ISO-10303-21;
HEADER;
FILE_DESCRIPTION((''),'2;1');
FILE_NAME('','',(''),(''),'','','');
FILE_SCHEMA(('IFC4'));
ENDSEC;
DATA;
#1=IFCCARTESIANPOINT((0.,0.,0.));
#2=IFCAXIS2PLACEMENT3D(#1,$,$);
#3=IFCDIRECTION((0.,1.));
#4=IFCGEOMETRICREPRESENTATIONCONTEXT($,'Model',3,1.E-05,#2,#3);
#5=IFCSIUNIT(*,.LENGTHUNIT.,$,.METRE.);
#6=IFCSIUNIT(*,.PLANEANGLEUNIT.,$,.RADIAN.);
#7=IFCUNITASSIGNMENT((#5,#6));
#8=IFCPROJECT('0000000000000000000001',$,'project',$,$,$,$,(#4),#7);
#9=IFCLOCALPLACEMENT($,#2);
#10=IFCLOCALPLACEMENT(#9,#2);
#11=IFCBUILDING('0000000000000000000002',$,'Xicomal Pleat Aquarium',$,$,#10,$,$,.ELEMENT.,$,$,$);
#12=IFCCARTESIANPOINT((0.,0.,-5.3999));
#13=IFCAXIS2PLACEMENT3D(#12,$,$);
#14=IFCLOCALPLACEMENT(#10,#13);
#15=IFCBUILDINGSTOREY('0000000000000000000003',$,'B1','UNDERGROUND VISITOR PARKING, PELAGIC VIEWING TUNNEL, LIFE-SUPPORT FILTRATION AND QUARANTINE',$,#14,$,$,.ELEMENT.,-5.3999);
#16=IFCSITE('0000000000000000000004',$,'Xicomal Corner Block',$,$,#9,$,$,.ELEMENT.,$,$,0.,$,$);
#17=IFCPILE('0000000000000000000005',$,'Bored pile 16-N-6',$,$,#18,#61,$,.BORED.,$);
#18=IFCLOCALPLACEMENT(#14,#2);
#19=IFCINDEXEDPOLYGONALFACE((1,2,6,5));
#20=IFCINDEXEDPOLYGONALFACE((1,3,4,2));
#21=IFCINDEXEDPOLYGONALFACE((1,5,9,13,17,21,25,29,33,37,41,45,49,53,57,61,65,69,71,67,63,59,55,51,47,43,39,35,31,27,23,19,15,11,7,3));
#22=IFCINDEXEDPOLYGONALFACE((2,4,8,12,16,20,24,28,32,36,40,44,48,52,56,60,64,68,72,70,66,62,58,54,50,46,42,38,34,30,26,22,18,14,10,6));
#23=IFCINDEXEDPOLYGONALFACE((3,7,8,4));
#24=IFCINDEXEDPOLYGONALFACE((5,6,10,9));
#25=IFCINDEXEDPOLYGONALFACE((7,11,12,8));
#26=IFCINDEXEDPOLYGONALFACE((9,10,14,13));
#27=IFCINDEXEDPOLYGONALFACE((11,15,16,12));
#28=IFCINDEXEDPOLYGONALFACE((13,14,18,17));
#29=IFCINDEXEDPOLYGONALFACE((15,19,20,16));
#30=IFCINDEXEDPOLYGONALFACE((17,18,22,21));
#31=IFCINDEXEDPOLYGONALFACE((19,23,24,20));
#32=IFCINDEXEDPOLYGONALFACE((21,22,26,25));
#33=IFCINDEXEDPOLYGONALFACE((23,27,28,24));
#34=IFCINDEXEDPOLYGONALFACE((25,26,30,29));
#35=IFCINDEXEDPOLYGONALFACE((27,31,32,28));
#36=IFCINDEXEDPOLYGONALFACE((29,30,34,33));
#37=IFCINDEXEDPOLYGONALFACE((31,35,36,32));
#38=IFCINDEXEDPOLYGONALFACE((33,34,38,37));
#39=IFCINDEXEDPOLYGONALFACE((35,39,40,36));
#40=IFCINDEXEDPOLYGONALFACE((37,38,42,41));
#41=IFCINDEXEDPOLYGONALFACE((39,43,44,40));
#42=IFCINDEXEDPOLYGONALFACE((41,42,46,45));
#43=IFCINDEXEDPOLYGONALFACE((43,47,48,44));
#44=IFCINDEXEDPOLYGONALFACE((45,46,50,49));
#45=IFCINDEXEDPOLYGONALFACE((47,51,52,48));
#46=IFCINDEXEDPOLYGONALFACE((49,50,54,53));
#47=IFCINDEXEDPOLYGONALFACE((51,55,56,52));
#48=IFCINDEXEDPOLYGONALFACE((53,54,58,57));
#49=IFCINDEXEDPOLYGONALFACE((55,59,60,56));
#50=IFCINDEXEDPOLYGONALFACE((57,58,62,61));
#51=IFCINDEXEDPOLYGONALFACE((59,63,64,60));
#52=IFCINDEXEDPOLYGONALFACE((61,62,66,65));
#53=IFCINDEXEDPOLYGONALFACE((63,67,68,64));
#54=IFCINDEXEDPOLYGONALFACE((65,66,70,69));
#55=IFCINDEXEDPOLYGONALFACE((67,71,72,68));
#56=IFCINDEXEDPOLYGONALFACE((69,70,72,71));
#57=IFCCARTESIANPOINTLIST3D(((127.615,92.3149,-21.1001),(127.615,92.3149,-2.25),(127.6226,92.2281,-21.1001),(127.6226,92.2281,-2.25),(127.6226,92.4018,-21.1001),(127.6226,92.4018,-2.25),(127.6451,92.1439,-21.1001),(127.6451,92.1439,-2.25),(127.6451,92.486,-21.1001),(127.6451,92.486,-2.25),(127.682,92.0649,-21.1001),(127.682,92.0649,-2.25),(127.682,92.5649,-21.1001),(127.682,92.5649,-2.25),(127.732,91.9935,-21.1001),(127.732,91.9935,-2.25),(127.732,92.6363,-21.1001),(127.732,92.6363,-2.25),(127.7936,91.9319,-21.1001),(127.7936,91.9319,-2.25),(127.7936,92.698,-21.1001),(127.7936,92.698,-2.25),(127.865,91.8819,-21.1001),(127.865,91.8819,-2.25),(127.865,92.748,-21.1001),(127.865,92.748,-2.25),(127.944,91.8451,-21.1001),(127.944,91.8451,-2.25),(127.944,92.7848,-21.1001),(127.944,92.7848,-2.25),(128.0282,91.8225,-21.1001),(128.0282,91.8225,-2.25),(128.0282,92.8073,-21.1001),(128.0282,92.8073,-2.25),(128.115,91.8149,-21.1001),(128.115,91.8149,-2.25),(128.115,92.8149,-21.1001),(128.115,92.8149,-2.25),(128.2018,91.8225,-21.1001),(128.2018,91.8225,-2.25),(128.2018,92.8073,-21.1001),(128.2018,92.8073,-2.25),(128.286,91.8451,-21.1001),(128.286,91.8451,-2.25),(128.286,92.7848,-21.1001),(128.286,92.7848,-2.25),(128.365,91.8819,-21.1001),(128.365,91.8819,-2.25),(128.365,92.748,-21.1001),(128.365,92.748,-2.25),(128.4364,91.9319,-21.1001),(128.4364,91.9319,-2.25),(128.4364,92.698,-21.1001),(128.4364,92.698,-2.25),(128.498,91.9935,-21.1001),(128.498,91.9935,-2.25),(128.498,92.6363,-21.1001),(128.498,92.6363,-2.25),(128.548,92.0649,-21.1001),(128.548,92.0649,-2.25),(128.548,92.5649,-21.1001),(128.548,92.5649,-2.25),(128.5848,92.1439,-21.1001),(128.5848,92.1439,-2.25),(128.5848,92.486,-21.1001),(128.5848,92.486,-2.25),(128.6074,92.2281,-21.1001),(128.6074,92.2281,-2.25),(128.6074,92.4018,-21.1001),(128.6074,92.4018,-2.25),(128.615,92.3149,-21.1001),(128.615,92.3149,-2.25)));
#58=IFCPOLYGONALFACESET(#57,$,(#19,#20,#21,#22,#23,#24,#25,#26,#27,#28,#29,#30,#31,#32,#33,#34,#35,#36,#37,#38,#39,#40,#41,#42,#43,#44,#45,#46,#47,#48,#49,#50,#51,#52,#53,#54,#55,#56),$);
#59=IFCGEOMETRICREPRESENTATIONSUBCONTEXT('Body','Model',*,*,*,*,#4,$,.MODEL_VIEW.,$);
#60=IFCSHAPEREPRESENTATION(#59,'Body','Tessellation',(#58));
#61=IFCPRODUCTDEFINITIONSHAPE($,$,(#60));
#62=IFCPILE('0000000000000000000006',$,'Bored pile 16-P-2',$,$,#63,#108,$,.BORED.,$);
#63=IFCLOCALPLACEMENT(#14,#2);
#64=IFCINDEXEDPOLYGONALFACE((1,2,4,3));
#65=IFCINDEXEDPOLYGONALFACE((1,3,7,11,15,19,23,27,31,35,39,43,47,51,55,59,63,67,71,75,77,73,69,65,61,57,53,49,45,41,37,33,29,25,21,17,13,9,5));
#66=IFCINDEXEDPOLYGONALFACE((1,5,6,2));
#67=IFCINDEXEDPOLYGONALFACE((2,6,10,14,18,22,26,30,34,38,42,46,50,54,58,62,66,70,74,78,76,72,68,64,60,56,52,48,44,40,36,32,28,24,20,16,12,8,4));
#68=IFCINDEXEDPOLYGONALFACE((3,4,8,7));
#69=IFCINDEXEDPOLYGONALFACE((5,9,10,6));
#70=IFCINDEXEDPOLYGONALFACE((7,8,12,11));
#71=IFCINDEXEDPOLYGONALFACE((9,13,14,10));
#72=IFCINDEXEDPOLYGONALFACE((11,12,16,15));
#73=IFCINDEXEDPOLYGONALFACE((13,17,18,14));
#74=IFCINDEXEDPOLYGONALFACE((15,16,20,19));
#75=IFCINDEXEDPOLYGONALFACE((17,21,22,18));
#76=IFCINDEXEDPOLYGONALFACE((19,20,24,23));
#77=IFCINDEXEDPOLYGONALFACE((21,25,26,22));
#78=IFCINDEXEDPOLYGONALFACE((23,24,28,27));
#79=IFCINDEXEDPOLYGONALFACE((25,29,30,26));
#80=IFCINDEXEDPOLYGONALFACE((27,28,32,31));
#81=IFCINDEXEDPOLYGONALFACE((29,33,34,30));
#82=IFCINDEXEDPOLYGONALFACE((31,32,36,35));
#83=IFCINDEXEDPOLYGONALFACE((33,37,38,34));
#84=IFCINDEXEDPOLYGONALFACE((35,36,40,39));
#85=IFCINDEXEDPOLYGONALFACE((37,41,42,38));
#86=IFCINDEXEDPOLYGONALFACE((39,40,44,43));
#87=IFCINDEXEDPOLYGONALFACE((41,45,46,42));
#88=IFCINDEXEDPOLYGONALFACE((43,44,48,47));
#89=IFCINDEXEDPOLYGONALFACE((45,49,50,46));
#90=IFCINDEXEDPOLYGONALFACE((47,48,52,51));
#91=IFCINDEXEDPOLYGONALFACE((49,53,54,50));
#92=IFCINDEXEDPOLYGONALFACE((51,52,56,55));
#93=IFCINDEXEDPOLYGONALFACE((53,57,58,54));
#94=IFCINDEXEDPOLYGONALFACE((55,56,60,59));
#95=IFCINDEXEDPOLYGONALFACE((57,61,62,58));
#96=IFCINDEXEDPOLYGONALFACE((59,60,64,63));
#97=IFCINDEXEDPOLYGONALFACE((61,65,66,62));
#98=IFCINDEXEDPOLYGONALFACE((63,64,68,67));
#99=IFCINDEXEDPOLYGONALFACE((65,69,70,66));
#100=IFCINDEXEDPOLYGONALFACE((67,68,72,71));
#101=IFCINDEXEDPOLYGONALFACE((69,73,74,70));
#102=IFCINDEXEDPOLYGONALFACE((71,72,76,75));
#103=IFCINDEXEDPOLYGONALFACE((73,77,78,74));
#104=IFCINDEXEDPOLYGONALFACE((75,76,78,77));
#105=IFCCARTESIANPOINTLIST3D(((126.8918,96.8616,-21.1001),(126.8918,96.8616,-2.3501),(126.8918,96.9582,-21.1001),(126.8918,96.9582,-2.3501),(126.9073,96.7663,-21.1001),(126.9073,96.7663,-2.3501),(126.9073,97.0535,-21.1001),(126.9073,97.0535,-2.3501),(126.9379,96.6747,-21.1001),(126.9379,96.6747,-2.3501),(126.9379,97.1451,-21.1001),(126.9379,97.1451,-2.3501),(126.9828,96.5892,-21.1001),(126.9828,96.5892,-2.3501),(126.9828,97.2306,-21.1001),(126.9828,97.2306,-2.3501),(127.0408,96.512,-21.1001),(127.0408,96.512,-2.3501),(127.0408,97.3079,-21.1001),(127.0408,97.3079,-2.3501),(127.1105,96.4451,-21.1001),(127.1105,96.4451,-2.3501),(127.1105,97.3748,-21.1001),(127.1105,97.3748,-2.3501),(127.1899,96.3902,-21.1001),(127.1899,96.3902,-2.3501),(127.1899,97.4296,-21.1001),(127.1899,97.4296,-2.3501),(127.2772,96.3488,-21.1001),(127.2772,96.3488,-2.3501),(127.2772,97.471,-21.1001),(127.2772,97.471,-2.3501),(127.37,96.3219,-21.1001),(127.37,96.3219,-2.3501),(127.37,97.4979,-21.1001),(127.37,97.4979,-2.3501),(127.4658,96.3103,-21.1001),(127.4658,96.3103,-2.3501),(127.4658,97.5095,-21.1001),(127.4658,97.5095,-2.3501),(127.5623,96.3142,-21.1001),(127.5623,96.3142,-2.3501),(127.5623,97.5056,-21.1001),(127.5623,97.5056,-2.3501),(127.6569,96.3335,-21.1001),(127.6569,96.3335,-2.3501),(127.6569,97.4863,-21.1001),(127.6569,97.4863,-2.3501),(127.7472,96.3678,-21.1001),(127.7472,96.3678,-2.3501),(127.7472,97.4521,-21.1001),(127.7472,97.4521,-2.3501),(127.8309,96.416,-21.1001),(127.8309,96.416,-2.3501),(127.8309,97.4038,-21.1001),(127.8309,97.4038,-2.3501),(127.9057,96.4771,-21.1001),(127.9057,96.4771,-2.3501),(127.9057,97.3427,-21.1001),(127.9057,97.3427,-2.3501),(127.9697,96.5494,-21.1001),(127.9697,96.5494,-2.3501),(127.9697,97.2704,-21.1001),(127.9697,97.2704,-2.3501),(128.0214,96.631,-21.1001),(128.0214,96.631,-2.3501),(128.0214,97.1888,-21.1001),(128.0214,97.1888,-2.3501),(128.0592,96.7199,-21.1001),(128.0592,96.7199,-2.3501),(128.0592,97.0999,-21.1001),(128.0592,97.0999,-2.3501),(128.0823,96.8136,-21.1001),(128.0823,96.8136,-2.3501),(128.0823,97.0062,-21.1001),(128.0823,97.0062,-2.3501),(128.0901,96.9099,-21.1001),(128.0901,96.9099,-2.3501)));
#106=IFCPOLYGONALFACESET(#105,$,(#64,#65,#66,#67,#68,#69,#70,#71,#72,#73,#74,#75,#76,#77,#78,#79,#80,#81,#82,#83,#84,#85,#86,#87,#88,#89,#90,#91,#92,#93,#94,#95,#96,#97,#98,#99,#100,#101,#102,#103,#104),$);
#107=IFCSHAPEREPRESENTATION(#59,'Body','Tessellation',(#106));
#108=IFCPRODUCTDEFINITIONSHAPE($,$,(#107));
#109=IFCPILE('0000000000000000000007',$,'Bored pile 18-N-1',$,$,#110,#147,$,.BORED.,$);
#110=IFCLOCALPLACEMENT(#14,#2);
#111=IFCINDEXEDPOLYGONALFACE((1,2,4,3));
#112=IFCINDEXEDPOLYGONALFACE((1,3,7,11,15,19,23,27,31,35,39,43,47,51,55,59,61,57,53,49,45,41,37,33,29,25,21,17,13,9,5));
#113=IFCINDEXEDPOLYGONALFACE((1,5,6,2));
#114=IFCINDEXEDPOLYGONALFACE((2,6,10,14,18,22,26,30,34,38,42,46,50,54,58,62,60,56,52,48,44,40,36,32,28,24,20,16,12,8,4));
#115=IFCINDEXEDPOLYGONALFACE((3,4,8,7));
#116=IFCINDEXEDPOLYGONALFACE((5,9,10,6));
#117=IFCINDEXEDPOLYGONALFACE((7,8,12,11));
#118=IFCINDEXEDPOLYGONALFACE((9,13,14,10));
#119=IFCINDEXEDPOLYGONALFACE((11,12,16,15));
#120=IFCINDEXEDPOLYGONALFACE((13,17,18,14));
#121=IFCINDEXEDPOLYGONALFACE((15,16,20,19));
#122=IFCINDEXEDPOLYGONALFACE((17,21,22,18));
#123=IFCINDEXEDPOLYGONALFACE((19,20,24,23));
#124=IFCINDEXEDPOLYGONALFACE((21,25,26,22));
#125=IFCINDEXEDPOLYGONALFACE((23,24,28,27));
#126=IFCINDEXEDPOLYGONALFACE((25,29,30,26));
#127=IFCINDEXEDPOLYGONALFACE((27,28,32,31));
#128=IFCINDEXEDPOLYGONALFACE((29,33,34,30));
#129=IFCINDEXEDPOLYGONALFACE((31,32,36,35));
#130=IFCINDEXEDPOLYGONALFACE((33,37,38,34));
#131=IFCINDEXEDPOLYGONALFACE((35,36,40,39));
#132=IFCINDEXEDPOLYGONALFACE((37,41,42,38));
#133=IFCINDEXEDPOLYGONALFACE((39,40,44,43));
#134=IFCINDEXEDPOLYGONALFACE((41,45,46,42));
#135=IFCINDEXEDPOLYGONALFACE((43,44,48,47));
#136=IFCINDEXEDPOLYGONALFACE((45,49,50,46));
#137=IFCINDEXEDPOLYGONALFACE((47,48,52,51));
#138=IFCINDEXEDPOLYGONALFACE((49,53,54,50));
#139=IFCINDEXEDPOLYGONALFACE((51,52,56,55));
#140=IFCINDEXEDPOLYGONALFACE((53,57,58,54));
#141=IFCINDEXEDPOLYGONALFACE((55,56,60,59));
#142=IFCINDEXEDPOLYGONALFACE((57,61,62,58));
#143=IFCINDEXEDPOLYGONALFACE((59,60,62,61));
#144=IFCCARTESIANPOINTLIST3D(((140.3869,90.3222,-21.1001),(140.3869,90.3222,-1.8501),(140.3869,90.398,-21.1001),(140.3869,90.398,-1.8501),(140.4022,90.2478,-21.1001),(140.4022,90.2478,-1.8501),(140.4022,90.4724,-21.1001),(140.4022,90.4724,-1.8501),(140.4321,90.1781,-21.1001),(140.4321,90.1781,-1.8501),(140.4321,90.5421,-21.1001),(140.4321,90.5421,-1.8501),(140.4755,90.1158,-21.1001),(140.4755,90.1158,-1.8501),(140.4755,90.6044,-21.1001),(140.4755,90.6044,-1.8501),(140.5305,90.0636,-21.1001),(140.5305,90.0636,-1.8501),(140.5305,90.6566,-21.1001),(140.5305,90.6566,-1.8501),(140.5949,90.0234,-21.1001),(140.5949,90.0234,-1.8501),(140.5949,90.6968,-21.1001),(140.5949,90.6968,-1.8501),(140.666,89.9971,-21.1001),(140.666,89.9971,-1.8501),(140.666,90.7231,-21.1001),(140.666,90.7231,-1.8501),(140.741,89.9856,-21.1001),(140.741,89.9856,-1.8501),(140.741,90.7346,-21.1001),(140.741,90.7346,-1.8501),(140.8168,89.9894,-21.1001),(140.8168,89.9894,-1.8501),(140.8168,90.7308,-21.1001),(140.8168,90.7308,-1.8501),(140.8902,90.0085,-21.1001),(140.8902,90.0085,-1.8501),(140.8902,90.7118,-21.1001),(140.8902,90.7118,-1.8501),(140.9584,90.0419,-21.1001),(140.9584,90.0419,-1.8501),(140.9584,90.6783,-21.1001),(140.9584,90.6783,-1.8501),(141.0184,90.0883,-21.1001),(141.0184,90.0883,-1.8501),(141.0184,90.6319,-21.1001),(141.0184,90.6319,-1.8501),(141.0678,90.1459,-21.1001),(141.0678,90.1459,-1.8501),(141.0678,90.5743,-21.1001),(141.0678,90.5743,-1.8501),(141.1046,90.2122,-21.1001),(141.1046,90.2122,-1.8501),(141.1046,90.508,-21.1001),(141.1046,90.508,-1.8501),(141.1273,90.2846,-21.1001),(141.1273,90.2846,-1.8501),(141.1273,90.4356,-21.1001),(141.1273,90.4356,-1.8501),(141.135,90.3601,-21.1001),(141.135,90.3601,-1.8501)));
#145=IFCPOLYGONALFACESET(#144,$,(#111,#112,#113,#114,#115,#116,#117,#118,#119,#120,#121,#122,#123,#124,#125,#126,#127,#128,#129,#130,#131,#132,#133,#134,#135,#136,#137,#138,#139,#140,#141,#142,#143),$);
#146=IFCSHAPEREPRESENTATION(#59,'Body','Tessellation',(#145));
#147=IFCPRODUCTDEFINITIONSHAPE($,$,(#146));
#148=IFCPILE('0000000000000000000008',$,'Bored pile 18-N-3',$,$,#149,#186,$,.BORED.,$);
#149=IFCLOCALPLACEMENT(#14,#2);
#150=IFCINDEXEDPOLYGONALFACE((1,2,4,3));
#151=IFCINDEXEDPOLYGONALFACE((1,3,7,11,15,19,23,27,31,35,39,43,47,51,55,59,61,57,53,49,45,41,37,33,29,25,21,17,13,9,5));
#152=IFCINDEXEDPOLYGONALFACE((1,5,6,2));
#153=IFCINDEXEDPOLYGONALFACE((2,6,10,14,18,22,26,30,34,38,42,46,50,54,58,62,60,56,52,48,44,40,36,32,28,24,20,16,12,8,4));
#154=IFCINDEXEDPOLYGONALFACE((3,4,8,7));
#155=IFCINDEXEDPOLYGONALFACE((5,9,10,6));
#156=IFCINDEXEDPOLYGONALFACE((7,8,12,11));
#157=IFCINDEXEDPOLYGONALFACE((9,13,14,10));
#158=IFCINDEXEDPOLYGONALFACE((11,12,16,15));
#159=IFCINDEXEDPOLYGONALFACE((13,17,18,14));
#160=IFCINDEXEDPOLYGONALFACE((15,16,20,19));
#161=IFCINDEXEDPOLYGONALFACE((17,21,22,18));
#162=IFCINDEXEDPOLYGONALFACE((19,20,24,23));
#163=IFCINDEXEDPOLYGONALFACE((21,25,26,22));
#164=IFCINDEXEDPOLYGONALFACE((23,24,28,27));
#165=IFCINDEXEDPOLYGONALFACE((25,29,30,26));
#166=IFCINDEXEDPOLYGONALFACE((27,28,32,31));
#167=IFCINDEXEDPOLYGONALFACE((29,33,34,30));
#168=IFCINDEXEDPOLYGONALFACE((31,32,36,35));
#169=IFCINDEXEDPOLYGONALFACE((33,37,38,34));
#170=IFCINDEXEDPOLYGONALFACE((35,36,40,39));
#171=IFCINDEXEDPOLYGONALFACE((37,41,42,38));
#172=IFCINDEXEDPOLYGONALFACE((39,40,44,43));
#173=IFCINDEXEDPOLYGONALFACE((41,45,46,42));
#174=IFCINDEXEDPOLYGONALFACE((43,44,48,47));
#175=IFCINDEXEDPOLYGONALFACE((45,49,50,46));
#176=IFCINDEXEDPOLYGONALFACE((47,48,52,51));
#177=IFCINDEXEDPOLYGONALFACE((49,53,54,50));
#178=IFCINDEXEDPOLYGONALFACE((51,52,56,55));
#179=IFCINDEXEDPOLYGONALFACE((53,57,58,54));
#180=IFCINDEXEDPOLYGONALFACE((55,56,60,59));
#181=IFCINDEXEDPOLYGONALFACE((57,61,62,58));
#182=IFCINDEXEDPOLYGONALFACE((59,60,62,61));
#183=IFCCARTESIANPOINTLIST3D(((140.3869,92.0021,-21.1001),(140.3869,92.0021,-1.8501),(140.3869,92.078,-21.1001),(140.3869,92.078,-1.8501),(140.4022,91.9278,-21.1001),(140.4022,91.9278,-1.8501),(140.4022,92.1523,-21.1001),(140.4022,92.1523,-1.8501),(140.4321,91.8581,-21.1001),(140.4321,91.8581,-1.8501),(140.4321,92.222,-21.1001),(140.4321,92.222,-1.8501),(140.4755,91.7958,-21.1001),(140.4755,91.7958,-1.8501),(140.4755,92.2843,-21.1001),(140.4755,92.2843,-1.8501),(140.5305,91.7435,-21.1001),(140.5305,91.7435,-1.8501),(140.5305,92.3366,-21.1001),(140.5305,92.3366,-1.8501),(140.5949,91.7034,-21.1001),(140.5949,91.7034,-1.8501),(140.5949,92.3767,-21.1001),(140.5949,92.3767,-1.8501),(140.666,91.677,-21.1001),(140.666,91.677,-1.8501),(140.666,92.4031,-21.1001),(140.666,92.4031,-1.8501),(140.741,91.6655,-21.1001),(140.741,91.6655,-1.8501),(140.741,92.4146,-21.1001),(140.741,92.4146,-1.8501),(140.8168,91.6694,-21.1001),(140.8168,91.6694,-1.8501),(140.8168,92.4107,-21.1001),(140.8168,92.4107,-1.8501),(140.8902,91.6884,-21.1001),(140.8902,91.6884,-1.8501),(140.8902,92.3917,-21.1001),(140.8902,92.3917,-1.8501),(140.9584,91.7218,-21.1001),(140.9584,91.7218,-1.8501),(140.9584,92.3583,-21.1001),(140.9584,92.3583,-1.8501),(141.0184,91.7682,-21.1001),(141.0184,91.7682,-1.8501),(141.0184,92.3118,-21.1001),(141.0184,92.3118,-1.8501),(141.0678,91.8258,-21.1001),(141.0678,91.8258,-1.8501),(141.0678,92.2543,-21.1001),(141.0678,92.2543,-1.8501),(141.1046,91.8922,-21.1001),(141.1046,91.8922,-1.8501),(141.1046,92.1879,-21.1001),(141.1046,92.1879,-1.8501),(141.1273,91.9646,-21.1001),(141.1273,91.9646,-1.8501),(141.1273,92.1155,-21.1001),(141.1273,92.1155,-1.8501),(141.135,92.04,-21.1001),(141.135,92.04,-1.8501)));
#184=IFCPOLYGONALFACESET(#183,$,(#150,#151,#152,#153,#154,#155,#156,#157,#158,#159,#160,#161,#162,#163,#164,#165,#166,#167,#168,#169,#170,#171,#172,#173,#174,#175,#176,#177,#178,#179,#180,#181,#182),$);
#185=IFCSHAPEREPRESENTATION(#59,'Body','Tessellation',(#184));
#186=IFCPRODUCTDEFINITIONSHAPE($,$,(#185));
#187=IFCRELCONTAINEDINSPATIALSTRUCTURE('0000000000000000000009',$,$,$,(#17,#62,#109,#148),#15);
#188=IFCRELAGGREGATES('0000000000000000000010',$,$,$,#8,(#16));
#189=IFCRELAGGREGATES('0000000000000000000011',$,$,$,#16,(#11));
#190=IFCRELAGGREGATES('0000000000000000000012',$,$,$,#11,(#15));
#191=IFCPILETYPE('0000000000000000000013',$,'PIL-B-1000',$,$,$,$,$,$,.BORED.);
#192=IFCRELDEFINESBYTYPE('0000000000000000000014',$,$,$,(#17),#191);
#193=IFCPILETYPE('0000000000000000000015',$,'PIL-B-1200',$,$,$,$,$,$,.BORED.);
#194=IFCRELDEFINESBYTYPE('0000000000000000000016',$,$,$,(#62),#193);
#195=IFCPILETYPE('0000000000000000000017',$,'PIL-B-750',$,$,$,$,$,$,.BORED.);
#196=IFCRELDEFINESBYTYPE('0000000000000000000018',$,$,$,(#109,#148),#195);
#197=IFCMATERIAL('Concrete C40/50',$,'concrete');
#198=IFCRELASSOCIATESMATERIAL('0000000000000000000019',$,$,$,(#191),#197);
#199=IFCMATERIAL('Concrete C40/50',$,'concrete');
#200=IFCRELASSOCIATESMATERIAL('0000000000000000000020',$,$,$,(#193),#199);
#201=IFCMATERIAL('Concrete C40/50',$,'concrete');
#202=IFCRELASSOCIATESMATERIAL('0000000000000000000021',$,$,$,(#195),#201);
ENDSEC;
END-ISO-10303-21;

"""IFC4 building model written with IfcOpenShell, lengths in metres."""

from ifc_helpers import new_model, si_unit, direction, frame, origin, origin_2d, place, context, subcontext, project, spatial, circle, extrude, material, material_profile, profile_set, type_object, element, save


model = new_model("IFC4")

# Units and contexts
model_context = context("Model", 3, precision=1e-05, world=origin(), true_north=direction((0.0, 1.0)))
body_context = subcontext(model_context, "Body", "Model", "MODEL_VIEW")
ifc_project = project(units=[si_unit("LENGTHUNIT", "METRE"), si_unit("PLANEANGLEUNIT", "RADIAN")], contexts=[model_context])

# Site, building, storey
site_placement = place(None, origin())
site = spatial("IfcSite", under=ifc_project, at=site_placement, Name="Xicomal Corner Block", CompositionType="ELEMENT", RefElevation=0.0)
building_placement = place(site_placement, origin())
building = spatial("IfcBuilding", under=site, at=building_placement, Name="Xicomal Pleat Aquarium", CompositionType="ELEMENT")
storey_placement = place(building_placement, frame((0.0, 0.0, -5.3999)))
storey = spatial("IfcBuildingStorey", under=building, at=storey_placement, Name="B1", Description="UNDERGROUND VISITOR PARKING, PELAGIC VIEWING TUNNEL, LIFE-SUPPORT FILTRATION AND QUARANTINE", CompositionType="ELEMENT", Elevation=-5.3999)

# Piles
ifc_material_1 = material(Name="Concrete C40/50", Category="concrete")
ifc_material_profile_1 = material_profile(ifc_material_1, circle(Radius=0.5, at=origin_2d()), Name="BORED PILE D1000")
ifc_profile_set_1 = profile_set([ifc_material_profile_1], Name="Concrete C40/50")
pile_type_1 = type_object("IfcPileType", Name="PIL-B-1000", PredefinedType="BORED", material=ifc_profile_set_1)
for number, where, z_axis, x_axis, name in (
    (1, (128.115, 92.3149, -2.25), (0.0, 0.0, -1.0), (1.0, 0.0, 0.0), "Bored pile 16-N-6"),
):
    element("IfcPile", number, at=place(storey_placement, frame(where, z_axis=z_axis, x_axis=x_axis)), inside=storey, type_object=pile_type_1, Name=name, PredefinedType="BORED", context=body_context, shape_type="SweptSolid", body=[
        extrude(circle(Radius=0.5, at=origin_2d()), origin(), (0.0, 0.0, 1.0), 18.8501),
    ])
ifc_material_2 = material(Name="Concrete C40/50", Category="concrete")
ifc_material_profile_2 = material_profile(ifc_material_2, circle(Radius=0.6001, at=origin_2d()), Name="BORED PILE D1200")
ifc_profile_set_2 = profile_set([ifc_material_profile_2], Name="Concrete C40/50")
pile_type_2 = type_object("IfcPileType", Name="PIL-B-1200", PredefinedType="BORED", material=ifc_profile_set_2)
pile_1_placement = place(storey_placement, frame((127.49, 96.9099, -2.3501), z_axis=(0.0, 0.0, -1.0), x_axis=(1.0, 0.0, 0.0)))
element("IfcPile", 2, at=pile_1_placement, inside=storey, type_object=pile_type_2, Name="Bored pile 16-P-2", PredefinedType="BORED", context=body_context, shape_type="SweptSolid", body=[
    extrude(circle(Radius=0.6001, at=origin_2d()), origin(), (0.0, 0.0, 1.0), 18.75),
])
ifc_material_3 = material(Name="Concrete C40/50", Category="concrete")
ifc_material_profile_3 = material_profile(ifc_material_3, circle(Radius=0.375, at=origin_2d()), Name="BORED PILE D750")
ifc_profile_set_3 = profile_set([ifc_material_profile_3], Name="Concrete C40/50")
pile_type_3 = type_object("IfcPileType", Name="PIL-B-750", PredefinedType="BORED", material=ifc_profile_set_3)
for number, where, z_axis, x_axis, name in (
    (3, (140.76, 90.3601, -1.8501), (0.0, 0.0, -1.0), (1.0, 0.0, 0.0), "Bored pile 18-N-1"),
    (4, (140.76, 92.04, -1.8501), (0.0, 0.0, -1.0), (1.0, 0.0, 0.0), "Bored pile 18-N-3"),
):
    element("IfcPile", number, at=place(storey_placement, frame(where, z_axis=z_axis, x_axis=x_axis)), inside=storey, type_object=pile_type_3, Name=name, PredefinedType="BORED", context=body_context, shape_type="SweptSolid", body=[
        extrude(circle(Radius=0.375, at=origin_2d()), origin(), (0.0, 0.0, 1.0), 19.25),
    ])

save(model, "model.ifc")
